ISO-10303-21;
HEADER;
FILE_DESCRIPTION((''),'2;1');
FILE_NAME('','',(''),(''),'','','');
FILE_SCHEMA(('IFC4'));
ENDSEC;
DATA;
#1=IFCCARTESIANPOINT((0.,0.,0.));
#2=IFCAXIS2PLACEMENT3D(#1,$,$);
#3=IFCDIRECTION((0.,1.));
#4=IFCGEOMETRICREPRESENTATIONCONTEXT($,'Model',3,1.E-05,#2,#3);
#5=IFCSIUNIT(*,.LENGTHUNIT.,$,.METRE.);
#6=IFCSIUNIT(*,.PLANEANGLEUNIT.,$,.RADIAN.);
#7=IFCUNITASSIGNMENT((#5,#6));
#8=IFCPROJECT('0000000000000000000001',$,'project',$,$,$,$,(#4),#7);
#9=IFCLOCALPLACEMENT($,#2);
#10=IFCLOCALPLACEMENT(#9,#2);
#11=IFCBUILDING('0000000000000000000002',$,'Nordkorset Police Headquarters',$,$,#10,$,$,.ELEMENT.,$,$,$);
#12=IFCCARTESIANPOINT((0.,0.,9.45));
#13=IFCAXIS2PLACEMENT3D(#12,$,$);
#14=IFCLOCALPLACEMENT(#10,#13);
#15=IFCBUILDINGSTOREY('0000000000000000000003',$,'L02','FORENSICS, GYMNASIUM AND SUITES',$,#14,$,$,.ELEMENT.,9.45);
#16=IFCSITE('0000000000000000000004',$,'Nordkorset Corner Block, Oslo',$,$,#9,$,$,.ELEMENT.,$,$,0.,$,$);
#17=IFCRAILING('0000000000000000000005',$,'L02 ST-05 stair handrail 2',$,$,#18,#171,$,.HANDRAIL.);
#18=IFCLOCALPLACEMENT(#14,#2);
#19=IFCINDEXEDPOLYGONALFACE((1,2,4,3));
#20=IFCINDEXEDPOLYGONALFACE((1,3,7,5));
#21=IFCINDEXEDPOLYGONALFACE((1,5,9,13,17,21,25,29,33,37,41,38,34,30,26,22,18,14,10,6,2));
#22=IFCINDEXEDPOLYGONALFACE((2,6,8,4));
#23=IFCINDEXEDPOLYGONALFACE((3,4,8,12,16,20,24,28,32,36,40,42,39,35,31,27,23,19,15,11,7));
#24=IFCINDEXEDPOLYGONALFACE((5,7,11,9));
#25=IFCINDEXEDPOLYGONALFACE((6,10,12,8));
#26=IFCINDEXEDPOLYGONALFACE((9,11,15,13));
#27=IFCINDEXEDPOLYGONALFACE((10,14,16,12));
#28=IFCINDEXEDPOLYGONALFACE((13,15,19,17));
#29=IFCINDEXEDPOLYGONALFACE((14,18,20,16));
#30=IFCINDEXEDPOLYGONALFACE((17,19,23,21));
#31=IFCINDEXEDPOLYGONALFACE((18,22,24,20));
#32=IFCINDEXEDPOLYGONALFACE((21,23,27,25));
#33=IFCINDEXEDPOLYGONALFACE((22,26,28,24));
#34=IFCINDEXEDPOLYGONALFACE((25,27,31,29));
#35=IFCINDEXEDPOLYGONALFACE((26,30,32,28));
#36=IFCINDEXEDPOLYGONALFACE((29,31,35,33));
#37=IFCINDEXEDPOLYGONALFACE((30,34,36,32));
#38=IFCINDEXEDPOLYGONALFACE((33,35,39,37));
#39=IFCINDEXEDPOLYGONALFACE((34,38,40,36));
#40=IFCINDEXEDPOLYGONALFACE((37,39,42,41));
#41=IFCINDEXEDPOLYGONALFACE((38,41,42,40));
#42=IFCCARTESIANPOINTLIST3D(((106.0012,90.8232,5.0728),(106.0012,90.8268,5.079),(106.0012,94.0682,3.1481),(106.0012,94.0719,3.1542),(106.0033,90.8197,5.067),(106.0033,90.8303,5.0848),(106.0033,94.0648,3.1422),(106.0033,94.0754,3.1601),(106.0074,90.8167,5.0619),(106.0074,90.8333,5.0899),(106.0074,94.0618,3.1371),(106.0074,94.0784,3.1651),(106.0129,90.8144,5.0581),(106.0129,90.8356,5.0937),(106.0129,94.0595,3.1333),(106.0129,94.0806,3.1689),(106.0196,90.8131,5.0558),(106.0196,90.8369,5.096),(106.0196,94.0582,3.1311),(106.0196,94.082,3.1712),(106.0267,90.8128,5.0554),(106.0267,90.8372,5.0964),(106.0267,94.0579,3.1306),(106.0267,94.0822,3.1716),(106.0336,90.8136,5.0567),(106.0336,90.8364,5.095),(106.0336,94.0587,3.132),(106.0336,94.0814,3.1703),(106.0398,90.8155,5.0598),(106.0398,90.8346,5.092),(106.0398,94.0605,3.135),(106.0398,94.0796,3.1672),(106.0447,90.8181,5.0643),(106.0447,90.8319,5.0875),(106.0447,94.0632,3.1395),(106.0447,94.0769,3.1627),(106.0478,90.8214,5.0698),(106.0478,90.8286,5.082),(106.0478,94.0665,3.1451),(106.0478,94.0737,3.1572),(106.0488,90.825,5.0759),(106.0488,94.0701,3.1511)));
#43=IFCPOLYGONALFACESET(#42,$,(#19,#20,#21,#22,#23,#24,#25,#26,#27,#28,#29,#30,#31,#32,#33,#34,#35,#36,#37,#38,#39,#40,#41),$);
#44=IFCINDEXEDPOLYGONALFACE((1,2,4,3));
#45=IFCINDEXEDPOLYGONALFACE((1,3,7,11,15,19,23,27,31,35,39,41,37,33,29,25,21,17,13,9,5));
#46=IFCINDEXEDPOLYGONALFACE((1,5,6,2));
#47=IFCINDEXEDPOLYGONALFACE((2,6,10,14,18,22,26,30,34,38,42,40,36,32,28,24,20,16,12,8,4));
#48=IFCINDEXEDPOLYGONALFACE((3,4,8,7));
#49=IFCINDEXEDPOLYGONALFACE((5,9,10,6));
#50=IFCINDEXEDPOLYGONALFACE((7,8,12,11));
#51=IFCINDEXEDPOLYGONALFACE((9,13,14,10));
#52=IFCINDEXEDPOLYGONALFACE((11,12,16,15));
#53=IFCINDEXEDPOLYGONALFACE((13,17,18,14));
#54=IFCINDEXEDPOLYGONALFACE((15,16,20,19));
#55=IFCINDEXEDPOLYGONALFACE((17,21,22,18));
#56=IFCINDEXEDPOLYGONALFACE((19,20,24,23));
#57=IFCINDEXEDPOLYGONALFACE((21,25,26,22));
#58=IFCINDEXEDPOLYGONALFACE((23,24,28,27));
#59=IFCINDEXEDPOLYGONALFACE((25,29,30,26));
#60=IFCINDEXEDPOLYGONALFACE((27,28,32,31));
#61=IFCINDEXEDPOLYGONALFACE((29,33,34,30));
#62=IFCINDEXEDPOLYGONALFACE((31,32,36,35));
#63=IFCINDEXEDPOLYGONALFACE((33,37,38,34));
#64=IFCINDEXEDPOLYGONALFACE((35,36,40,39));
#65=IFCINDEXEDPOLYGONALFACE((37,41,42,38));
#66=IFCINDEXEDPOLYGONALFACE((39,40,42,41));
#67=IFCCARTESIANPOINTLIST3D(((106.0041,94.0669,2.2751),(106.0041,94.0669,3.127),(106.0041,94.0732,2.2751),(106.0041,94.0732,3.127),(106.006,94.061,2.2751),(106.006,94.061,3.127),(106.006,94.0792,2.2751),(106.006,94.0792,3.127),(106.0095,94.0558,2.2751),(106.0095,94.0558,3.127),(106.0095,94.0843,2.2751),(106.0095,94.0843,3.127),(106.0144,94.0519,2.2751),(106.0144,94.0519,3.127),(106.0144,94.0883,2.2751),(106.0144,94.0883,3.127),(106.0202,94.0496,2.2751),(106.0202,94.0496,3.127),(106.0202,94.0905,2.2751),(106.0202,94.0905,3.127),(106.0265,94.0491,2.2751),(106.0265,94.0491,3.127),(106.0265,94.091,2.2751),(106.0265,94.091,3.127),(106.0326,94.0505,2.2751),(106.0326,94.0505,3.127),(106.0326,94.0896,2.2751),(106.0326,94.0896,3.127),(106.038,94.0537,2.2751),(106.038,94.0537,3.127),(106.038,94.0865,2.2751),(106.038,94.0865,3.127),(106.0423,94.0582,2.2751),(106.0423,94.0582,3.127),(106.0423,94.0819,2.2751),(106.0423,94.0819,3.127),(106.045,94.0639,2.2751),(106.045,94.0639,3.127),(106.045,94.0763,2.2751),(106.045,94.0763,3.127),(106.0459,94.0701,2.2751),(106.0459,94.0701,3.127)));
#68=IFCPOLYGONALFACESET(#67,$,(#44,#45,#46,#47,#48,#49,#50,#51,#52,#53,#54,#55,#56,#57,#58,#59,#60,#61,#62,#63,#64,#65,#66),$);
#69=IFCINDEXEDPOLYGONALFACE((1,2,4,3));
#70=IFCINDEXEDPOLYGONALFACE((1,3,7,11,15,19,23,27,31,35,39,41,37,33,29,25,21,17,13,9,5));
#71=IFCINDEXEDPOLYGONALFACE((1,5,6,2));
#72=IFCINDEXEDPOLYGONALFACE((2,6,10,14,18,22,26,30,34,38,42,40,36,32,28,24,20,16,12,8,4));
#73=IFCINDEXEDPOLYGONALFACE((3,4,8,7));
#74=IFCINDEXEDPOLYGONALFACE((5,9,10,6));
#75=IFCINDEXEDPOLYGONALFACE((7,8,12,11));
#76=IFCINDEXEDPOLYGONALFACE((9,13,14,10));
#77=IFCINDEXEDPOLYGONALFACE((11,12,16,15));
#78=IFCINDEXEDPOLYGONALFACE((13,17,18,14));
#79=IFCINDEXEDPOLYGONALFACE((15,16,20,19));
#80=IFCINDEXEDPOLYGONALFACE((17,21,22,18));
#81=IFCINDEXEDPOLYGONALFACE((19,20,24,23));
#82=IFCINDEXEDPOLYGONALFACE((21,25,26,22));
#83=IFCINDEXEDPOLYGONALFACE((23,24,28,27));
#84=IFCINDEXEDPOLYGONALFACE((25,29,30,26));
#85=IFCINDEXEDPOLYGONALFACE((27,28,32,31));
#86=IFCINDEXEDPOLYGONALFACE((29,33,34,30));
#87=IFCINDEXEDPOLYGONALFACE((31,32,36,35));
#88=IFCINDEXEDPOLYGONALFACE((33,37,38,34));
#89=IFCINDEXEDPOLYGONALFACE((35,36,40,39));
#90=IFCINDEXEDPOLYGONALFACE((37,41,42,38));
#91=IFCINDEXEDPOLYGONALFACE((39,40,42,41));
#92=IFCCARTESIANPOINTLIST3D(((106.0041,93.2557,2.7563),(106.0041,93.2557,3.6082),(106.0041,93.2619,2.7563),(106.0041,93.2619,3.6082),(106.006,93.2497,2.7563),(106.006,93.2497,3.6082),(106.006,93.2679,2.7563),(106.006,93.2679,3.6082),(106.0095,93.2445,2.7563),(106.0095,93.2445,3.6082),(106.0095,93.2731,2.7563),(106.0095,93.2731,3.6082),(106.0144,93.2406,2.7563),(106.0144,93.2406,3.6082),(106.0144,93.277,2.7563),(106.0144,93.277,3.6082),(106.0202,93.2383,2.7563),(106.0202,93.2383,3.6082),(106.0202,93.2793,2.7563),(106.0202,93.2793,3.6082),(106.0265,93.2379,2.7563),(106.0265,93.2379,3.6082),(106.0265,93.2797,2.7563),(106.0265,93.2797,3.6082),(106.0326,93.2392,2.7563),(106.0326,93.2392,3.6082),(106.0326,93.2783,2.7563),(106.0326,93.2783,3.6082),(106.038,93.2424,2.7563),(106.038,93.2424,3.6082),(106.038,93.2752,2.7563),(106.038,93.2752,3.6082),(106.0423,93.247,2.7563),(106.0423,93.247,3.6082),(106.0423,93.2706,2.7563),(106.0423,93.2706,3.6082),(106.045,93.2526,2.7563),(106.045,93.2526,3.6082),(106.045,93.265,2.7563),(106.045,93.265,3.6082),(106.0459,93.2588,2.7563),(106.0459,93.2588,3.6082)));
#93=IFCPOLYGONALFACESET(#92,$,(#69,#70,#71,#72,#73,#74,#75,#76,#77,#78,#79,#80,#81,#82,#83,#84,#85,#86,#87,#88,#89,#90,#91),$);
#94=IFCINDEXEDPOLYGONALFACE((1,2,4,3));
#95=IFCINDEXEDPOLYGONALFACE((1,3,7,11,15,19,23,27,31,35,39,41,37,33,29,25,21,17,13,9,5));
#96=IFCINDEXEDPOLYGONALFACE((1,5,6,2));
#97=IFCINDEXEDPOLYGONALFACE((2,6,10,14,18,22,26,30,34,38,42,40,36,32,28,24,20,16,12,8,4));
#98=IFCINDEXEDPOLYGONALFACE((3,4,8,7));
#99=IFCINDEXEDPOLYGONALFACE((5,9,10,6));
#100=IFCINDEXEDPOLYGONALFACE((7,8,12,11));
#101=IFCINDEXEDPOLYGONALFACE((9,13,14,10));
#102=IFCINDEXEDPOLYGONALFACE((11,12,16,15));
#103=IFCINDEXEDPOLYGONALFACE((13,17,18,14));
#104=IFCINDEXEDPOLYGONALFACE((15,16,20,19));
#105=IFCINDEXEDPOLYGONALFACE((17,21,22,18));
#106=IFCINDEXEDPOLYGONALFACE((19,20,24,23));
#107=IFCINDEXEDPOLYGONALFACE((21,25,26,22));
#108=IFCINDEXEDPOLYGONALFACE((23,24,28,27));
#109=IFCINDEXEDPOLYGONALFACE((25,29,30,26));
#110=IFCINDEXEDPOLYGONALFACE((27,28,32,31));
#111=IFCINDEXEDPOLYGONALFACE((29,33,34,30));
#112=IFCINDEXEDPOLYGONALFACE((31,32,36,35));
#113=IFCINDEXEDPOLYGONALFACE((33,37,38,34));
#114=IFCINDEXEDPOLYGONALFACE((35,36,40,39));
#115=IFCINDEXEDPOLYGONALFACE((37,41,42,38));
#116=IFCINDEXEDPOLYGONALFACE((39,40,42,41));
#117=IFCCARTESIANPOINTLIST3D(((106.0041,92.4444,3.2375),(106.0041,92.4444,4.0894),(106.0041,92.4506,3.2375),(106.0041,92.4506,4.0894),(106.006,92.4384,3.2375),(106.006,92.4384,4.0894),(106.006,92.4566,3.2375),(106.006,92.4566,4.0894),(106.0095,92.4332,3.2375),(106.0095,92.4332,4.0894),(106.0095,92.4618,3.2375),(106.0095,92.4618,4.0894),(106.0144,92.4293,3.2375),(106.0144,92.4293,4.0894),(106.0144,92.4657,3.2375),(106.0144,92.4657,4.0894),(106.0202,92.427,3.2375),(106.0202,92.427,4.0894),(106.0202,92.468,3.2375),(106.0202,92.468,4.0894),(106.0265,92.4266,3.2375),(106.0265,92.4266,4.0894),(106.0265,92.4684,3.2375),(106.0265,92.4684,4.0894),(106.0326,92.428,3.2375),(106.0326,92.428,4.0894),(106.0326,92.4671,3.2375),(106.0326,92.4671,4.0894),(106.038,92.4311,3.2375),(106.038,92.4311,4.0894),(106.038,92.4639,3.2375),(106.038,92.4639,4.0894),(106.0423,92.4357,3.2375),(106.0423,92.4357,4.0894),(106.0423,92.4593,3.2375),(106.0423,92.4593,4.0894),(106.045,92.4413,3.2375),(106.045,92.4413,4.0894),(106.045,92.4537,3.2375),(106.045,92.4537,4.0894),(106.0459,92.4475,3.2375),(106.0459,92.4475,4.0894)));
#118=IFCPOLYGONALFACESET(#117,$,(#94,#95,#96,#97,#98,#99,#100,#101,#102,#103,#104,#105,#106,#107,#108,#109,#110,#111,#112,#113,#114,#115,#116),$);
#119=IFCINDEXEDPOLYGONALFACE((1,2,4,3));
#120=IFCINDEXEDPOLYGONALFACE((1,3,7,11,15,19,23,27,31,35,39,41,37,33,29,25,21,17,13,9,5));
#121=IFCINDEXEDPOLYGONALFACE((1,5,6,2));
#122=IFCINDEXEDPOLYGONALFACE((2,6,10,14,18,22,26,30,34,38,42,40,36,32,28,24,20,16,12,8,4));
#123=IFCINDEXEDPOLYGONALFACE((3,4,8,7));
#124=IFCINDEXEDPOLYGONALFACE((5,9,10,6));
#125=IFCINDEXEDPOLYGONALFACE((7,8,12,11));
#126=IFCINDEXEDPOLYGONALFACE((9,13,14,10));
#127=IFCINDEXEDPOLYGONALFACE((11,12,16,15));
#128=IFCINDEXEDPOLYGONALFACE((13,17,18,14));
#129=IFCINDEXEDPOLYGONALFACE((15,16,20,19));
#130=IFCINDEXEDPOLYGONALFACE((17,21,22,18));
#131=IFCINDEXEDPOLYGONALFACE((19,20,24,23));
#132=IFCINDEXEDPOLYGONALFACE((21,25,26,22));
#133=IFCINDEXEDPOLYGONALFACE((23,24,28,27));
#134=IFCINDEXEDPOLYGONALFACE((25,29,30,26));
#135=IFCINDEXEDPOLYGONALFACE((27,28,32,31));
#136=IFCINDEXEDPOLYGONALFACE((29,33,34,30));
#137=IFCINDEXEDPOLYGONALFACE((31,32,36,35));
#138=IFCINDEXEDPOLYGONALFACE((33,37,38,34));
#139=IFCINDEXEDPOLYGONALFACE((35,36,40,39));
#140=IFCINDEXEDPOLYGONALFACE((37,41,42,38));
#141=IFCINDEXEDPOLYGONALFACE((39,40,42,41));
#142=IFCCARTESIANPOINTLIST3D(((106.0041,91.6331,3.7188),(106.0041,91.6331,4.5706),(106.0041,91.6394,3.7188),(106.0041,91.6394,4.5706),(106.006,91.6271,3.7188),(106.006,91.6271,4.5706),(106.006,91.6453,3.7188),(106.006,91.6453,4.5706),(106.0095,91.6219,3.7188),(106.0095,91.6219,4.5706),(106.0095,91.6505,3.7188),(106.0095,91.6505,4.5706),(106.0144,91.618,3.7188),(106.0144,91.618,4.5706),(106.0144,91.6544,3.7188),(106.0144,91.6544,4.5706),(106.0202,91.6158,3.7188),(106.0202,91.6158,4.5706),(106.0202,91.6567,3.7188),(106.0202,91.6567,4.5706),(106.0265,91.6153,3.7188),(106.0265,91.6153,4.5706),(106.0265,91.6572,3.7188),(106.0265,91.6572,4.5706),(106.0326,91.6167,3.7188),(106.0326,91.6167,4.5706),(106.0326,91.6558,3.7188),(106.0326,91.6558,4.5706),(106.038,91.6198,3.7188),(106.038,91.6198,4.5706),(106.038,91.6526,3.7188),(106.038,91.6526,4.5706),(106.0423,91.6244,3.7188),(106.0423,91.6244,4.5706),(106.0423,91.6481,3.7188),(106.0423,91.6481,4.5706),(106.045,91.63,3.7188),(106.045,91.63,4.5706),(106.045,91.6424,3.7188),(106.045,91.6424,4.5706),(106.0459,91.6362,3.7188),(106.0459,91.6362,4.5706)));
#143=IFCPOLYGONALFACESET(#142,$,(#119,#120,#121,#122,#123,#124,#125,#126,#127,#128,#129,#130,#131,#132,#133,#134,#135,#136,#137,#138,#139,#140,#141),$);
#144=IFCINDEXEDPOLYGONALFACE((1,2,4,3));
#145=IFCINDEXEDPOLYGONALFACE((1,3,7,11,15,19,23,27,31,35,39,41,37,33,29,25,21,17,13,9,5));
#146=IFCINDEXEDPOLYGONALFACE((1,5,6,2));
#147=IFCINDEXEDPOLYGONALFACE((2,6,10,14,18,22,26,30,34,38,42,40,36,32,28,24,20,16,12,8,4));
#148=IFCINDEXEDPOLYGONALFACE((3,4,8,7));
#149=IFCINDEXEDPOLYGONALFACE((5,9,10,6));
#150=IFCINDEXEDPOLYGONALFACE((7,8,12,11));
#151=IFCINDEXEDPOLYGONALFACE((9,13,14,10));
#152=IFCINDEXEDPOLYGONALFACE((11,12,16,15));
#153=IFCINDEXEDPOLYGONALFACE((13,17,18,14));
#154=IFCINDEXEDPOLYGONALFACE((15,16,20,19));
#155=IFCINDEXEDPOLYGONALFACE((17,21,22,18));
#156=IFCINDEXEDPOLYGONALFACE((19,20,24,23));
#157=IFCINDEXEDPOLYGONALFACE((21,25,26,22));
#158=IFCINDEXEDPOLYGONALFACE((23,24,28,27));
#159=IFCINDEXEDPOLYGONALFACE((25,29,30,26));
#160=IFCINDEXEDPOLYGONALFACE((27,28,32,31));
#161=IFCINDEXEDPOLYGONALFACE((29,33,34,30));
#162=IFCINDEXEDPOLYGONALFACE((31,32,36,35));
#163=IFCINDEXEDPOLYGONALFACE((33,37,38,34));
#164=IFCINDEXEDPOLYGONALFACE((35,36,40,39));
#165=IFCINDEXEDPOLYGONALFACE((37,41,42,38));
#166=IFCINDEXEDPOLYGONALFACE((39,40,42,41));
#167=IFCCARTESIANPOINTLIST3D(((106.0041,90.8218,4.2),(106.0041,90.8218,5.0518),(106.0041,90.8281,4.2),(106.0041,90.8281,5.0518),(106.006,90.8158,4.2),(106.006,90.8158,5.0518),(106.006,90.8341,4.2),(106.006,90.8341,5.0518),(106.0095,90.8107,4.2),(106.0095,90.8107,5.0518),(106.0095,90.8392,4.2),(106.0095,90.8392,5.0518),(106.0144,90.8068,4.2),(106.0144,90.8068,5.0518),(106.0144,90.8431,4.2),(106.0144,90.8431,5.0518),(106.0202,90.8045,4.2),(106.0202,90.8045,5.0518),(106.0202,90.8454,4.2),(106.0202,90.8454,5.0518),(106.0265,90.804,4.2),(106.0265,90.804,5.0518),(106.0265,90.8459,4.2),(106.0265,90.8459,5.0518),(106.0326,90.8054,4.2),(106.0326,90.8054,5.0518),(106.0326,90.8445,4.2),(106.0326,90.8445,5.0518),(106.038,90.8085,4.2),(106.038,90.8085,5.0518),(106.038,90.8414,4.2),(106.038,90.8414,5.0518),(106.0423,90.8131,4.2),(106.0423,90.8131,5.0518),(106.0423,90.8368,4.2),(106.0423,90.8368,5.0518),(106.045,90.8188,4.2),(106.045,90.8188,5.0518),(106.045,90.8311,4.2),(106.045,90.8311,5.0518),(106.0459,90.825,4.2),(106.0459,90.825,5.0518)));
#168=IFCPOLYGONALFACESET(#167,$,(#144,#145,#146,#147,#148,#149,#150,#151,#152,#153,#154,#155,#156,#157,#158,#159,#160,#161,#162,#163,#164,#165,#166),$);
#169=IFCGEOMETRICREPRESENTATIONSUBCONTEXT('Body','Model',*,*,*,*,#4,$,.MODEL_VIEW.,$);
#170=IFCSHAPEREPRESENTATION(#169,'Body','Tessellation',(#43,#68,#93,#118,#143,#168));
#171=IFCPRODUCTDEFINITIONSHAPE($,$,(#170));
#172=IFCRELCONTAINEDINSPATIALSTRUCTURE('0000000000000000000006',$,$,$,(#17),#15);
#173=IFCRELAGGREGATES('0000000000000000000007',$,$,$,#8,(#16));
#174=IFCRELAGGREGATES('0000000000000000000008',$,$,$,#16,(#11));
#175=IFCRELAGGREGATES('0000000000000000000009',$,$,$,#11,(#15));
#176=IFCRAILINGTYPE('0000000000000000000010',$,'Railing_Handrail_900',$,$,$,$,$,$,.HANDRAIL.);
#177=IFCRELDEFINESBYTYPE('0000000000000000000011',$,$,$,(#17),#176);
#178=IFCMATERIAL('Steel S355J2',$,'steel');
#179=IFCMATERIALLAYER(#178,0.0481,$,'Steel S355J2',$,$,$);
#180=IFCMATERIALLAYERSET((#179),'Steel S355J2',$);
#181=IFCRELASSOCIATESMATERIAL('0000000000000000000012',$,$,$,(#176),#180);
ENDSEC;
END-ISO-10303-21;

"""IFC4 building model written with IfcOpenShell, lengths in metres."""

from ifc_helpers import new_model, si_unit, direction, frame, origin, origin_2d, place, context, subcontext, project, spatial, circle, extrude, material, layer, layer_set, type_object, element, save


model = new_model("IFC4")

# Units and contexts
model_context = context("Model", 3, precision=1e-05, world=origin(), true_north=direction((0.0, 1.0)))
body_context = subcontext(model_context, "Body", "Model", "MODEL_VIEW")
ifc_project = project(units=[si_unit("LENGTHUNIT", "METRE"), si_unit("PLANEANGLEUNIT", "RADIAN")], contexts=[model_context])

# Site, building, storey
site_placement = place(None, origin())
site = spatial("IfcSite", under=ifc_project, at=site_placement, Name="Nordkorset Corner Block, Oslo", CompositionType="ELEMENT", RefElevation=0.0)
building_placement = place(site_placement, origin())
building = spatial("IfcBuilding", under=site, at=building_placement, Name="Nordkorset Police Headquarters", CompositionType="ELEMENT")
storey_placement = place(building_placement, frame((0.0, 0.0, 9.45)))
storey = spatial("IfcBuildingStorey", under=building, at=storey_placement, Name="L02", Description="FORENSICS, GYMNASIUM AND SUITES", CompositionType="ELEMENT", Elevation=9.45)

# Railing
ifc_material_1 = material(Name="Steel S355J2", Category="steel")
ifc_layer_1 = layer(ifc_material_1, 0.0481, Name="Steel S355J2")
ifc_layer_set_1 = layer_set([ifc_layer_1], Name="Steel S355J2")
railing_type_1 = type_object("IfcRailingType", Name="Railing_Handrail_900", PredefinedType="HANDRAIL", material=ifc_layer_set_1)
railing_1_placement = place(storey_placement, frame((106.0249, 94.0701, 2.2751)))
element("IfcRailing", 1, at=railing_1_placement, inside=storey, type_object=railing_type_1, Name="L02 ST-05 stair handrail 2", PredefinedType="HANDRAIL", context=body_context, shape_type="SweptSolid", body=[
    extrude(circle(Radius=0.0239, at=origin_2d()), frame((0.0, 0.0, 0.876), z_axis=(0.0, -0.860085, 0.51015), x_axis=(1.0, 0.0, 0.0)), (0.0, 0.0, 1.0), 3.7729),
    extrude(circle(Radius=0.021, at=origin_2d()), origin(), (0.0, 0.0, 1.0), 0.8518),
    extrude(circle(Radius=0.021, at=origin_2d()), frame((0.0, -0.8113, 0.4812)), (0.0, 0.0, 1.0), 0.8518),
    extrude(circle(Radius=0.021, at=origin_2d()), frame((0.0, -1.6226, 0.9624)), (0.0, 0.0, 1.0), 0.8518),
    extrude(circle(Radius=0.021, at=origin_2d()), frame((0.0, -2.4338, 1.4436)), (0.0, 0.0, 1.0), 0.8518),
    extrude(circle(Radius=0.021, at=origin_2d()), frame((0.0, -3.2451, 1.9248)), (0.0, 0.0, 1.0), 0.8518),
])

save(model, "model.ifc")
